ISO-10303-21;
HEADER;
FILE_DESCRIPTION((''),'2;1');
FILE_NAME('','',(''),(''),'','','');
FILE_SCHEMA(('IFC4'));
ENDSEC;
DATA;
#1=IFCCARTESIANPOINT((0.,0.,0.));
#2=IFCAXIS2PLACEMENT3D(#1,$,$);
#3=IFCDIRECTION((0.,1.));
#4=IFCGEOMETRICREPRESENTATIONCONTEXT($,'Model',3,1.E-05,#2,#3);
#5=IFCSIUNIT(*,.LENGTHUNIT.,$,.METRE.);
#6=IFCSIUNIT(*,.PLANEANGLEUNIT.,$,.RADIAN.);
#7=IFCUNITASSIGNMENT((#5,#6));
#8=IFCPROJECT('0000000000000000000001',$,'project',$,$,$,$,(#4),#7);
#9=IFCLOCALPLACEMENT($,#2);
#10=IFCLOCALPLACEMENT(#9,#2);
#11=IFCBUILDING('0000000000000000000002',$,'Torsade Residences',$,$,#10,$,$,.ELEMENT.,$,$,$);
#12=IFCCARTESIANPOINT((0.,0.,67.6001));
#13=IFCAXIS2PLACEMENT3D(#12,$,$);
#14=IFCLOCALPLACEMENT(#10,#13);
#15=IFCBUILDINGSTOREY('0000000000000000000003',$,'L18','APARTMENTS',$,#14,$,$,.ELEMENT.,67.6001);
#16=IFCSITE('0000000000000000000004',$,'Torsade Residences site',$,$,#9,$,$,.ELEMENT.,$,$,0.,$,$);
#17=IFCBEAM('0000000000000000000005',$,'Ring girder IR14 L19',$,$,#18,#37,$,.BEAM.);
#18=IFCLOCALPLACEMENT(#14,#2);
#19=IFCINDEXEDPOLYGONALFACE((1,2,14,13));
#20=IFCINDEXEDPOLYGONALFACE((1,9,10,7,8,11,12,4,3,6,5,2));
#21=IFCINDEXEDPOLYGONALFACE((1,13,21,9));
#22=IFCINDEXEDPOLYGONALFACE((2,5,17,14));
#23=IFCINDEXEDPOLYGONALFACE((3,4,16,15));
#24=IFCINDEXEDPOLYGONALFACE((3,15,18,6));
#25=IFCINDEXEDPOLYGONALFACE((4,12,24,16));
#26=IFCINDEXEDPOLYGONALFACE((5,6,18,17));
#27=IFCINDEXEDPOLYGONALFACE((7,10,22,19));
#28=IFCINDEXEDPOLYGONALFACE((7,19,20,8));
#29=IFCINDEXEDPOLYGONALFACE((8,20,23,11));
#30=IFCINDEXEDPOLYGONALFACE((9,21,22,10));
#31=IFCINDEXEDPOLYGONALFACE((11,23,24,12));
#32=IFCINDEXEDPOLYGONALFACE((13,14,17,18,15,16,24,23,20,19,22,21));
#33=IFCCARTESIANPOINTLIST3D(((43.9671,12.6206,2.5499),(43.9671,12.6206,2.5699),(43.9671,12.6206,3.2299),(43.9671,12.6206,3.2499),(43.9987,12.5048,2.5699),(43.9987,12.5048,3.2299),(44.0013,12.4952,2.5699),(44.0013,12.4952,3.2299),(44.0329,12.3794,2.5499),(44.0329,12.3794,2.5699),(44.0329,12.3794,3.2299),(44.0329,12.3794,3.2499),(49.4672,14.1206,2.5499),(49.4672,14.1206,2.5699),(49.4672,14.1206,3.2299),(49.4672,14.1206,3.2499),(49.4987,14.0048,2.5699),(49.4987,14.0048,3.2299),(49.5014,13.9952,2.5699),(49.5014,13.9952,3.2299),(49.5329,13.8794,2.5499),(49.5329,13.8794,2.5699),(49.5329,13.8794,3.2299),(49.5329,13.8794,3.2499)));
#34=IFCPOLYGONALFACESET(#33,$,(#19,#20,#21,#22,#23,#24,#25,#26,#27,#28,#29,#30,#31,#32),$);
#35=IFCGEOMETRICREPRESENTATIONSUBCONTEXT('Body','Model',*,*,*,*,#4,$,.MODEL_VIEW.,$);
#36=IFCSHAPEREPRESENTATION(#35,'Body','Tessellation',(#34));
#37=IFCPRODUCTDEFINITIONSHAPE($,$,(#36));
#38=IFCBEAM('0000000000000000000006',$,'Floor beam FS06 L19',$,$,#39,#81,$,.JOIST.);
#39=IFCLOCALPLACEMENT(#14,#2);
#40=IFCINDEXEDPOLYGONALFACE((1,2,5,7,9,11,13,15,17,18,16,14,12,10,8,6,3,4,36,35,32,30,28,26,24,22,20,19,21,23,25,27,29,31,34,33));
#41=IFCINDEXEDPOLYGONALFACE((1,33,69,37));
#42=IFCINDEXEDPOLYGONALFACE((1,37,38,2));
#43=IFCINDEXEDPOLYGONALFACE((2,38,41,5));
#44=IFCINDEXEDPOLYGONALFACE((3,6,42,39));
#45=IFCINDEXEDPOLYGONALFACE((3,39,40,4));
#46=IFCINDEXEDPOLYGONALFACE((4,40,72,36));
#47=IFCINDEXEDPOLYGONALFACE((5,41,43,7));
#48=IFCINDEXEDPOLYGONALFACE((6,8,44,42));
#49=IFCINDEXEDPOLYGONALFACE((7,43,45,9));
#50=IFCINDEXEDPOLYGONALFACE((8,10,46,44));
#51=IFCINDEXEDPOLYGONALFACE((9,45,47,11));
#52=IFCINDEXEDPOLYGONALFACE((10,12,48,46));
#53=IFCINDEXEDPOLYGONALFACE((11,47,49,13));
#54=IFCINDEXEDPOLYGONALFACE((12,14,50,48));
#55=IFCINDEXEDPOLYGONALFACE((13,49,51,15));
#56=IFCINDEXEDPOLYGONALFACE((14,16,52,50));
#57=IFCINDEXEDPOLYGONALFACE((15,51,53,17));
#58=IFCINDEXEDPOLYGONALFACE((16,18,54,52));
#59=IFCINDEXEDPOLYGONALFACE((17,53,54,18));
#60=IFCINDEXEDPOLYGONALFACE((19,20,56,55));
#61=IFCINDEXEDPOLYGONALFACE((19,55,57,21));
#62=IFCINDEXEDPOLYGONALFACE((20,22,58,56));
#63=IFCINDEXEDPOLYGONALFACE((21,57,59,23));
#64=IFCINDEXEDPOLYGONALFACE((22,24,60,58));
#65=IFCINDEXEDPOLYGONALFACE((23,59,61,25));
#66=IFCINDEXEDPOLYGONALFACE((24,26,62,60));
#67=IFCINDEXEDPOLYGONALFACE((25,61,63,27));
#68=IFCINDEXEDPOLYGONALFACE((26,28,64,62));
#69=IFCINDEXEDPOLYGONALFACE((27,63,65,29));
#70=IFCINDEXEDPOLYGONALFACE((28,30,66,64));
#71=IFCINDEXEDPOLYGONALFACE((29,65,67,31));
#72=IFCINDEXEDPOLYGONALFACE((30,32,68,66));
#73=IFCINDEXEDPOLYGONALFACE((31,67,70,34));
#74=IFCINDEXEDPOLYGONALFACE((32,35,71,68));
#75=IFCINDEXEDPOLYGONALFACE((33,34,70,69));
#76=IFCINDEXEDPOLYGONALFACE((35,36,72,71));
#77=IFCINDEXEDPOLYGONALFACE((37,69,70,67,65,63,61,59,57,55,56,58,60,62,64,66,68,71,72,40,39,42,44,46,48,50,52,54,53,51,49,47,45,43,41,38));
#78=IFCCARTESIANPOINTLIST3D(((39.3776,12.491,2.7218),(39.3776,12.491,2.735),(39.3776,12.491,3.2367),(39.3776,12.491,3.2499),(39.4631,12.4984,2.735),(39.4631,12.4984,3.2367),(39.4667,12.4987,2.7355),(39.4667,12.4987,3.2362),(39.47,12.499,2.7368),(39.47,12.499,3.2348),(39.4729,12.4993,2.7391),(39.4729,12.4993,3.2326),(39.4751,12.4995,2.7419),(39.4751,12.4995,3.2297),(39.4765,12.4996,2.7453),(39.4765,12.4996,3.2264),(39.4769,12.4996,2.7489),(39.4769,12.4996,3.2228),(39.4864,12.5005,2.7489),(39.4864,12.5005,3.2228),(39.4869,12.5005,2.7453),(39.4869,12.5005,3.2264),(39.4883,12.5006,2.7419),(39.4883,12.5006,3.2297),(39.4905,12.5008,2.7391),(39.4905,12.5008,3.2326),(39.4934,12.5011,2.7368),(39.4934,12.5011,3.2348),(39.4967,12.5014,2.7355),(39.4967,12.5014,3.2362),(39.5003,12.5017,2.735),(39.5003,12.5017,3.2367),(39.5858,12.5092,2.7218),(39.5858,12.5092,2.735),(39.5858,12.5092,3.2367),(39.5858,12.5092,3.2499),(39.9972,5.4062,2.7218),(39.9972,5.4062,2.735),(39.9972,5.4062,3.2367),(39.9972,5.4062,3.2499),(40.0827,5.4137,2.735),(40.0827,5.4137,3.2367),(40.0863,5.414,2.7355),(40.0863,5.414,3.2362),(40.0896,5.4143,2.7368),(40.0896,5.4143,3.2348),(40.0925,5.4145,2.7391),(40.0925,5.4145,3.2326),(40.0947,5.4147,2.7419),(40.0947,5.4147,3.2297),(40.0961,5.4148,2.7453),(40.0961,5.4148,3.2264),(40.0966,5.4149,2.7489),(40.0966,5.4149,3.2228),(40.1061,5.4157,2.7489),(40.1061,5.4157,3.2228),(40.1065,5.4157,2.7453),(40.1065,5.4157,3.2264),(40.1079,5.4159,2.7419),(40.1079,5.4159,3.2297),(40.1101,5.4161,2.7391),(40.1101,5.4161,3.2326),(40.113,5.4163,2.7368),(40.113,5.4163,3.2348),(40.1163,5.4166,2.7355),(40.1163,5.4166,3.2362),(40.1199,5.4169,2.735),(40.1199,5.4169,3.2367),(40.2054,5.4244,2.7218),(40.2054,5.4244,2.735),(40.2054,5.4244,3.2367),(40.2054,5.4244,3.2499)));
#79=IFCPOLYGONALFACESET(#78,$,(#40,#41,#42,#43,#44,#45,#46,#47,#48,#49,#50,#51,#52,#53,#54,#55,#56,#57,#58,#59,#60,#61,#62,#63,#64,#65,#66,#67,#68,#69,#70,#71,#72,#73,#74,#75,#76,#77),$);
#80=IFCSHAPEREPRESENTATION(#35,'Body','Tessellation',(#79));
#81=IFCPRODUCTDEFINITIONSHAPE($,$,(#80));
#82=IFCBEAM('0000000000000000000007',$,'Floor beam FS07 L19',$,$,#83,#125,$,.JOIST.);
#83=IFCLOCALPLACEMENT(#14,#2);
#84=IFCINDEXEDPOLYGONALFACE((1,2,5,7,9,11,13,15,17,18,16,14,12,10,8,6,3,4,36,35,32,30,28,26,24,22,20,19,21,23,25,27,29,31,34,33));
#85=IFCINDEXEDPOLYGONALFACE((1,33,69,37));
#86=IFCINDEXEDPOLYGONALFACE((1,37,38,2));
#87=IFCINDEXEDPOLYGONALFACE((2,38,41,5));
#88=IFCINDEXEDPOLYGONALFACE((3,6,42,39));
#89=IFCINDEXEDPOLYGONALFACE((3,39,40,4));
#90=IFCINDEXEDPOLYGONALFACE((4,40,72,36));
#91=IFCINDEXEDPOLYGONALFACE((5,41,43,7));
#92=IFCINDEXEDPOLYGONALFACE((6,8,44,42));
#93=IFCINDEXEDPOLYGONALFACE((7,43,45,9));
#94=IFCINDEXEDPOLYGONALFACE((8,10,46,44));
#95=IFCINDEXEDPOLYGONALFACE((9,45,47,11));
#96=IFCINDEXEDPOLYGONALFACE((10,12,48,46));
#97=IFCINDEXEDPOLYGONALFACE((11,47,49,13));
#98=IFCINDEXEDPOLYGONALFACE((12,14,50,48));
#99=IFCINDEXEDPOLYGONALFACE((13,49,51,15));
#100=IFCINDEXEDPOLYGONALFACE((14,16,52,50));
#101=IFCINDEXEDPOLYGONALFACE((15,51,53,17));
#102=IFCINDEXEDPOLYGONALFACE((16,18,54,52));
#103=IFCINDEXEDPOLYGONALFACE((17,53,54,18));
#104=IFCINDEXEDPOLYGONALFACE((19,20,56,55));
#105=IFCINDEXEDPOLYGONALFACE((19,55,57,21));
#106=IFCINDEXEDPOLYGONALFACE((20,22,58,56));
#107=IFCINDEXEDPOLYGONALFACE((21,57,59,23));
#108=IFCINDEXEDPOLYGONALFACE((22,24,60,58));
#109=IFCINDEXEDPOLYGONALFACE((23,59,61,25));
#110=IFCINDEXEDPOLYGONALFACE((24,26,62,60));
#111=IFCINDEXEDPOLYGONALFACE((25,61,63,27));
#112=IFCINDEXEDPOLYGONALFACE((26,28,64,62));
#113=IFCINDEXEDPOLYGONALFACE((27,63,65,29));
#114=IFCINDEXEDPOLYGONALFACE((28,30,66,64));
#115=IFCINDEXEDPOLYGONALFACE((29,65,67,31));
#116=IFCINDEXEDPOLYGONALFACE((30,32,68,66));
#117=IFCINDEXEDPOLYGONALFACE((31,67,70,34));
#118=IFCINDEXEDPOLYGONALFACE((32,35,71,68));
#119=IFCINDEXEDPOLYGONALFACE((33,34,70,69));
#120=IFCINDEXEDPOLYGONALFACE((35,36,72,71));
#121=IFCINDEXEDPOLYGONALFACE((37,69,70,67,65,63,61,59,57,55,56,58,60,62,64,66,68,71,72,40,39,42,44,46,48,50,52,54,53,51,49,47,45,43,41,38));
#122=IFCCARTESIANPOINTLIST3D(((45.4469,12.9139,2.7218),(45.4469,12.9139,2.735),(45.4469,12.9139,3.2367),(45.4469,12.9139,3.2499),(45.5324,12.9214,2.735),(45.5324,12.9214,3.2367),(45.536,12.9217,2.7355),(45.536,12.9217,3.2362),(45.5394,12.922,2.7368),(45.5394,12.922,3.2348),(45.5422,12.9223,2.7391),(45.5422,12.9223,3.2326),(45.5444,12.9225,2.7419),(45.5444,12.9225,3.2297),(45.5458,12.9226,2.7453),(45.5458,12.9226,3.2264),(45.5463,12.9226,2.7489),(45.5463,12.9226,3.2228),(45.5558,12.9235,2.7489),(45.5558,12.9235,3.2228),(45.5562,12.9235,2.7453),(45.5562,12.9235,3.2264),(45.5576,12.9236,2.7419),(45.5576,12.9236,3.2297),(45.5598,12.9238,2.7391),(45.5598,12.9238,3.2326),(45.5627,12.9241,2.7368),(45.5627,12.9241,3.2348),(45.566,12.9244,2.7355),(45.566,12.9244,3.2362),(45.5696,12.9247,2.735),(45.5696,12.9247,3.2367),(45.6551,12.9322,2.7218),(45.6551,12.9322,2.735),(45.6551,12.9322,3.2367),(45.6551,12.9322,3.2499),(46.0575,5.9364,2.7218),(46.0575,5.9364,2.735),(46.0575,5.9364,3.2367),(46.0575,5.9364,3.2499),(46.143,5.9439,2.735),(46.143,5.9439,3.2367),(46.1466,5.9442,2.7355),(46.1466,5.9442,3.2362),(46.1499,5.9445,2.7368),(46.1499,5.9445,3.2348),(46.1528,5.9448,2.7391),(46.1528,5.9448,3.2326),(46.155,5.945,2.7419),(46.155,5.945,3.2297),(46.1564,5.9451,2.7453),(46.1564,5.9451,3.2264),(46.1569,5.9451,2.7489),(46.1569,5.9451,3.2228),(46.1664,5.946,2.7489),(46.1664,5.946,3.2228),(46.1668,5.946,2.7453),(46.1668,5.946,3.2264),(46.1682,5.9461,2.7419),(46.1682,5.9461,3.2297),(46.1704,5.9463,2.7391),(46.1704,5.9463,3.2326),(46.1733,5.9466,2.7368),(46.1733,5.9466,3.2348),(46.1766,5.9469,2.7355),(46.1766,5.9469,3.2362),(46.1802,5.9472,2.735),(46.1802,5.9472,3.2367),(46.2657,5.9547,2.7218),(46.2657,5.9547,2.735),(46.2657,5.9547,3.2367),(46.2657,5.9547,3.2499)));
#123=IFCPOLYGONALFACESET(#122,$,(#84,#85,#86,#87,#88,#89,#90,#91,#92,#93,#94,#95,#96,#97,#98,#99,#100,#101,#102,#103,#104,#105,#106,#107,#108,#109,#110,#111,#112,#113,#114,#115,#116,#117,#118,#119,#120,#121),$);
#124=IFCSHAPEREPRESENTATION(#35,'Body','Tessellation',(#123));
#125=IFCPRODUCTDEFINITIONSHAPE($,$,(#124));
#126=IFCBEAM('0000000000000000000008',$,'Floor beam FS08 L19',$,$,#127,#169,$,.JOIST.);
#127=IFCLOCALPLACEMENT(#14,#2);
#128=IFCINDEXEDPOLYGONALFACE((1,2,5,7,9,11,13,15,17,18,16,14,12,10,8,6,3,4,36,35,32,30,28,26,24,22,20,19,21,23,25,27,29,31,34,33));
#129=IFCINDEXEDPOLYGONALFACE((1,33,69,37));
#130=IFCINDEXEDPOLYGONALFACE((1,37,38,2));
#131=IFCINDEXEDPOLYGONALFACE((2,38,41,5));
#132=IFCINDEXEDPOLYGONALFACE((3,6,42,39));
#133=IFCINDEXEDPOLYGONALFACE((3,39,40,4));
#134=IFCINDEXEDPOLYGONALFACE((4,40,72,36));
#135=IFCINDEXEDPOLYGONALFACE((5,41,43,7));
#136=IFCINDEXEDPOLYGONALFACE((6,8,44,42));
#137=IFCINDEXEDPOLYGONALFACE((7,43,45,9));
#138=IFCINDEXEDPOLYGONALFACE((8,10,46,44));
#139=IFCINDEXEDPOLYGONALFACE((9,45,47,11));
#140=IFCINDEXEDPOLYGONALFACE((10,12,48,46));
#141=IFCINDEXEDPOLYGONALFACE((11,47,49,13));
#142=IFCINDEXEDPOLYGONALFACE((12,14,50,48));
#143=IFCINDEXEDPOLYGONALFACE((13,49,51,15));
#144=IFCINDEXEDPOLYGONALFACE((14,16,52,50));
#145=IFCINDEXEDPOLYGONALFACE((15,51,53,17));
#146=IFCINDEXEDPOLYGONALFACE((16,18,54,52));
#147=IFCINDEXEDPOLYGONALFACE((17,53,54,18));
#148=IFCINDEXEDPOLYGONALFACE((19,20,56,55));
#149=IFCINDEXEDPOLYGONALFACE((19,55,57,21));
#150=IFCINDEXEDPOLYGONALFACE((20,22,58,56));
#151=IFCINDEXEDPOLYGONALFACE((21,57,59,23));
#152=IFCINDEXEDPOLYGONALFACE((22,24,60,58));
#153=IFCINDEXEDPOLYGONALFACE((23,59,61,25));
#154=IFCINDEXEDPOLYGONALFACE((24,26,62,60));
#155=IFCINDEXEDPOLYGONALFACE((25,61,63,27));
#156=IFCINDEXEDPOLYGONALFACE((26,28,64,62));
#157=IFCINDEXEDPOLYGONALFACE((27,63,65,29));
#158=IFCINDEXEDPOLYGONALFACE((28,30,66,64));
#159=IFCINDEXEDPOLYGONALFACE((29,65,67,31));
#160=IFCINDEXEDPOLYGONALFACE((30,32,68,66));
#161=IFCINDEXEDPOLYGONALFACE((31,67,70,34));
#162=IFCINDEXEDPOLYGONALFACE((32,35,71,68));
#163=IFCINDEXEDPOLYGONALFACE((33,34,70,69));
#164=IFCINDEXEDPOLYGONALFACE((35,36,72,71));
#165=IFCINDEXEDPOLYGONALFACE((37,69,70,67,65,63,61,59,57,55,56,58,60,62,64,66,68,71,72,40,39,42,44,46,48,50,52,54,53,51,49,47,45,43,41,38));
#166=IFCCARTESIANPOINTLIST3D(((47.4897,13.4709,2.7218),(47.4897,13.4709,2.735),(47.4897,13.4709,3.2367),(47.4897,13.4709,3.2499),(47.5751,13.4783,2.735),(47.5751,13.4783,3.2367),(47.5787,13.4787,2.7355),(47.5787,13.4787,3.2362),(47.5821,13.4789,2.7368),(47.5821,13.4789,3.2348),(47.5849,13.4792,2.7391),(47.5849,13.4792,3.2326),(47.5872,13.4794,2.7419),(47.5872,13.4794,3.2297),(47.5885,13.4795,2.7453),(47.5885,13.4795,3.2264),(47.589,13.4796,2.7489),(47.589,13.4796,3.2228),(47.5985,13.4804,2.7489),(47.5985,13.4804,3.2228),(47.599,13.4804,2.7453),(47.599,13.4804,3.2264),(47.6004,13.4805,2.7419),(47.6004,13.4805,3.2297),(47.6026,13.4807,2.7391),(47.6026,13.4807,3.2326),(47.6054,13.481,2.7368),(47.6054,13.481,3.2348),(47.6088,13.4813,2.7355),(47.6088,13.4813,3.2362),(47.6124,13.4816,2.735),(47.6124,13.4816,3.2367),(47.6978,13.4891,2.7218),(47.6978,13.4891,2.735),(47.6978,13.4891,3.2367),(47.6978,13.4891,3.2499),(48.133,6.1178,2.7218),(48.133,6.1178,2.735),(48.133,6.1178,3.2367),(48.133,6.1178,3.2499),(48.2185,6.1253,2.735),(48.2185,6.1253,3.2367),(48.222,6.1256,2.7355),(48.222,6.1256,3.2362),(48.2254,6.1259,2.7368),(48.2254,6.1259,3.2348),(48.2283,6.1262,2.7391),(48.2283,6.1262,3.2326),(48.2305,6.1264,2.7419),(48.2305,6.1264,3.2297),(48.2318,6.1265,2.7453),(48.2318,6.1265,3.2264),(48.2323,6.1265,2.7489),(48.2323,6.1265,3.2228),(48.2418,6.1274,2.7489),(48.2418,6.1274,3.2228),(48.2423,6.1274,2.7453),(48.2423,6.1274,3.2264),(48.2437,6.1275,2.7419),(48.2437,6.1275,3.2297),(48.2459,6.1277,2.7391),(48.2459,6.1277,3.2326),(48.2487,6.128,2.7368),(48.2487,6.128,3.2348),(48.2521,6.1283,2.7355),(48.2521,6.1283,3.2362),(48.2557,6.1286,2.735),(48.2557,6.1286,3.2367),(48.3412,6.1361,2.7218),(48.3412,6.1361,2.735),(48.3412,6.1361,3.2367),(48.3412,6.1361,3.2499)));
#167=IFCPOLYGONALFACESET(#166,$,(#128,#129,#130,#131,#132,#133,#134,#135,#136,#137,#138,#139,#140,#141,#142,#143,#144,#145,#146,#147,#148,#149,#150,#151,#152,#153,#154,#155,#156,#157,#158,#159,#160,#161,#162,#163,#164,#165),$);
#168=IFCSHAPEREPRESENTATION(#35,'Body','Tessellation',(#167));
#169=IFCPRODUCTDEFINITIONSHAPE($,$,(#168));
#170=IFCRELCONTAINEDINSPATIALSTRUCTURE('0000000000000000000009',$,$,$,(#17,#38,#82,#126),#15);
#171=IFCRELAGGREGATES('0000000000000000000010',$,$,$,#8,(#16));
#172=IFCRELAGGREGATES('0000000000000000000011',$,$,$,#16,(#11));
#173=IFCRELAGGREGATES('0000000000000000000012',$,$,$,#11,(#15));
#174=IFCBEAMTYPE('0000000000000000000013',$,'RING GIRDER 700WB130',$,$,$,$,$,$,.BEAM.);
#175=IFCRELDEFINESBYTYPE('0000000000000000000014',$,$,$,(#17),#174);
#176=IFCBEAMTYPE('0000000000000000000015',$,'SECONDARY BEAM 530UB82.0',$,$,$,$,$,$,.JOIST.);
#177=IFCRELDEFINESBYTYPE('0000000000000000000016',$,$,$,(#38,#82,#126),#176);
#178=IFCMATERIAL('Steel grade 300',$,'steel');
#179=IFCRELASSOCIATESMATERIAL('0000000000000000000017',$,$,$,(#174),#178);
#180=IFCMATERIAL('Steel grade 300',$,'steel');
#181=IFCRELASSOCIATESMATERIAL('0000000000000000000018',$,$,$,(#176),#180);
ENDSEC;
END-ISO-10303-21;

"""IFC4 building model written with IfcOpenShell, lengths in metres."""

from ifc_helpers import new_model, si_unit, direction, frame, origin, origin_2d, place, context, subcontext, project, spatial, i_section, extrude, material, material_profile, profile_set, type_object, element, save


model = new_model("IFC4")

# Units and contexts
model_context = context("Model", 3, precision=1e-05, world=origin(), true_north=direction((0.0, 1.0)))
body_context = subcontext(model_context, "Body", "Model", "MODEL_VIEW")
ifc_project = project(units=[si_unit("LENGTHUNIT", "METRE"), si_unit("PLANEANGLEUNIT", "RADIAN")], contexts=[model_context])

# Site, building, storey
site_placement = place(None, origin())
site = spatial("IfcSite", under=ifc_project, at=site_placement, Name="Torsade Residences site", CompositionType="ELEMENT", RefElevation=0.0)
building_placement = place(site_placement, origin())
building = spatial("IfcBuilding", under=site, at=building_placement, Name="Torsade Residences", CompositionType="ELEMENT")
storey_placement = place(building_placement, frame((0.0, 0.0, 67.6001)))
storey = spatial("IfcBuildingStorey", under=building, at=storey_placement, Name="L18", Description="APARTMENTS", CompositionType="ELEMENT", Elevation=67.6001)

# Beams
ifc_material_1 = material(Name="Steel grade 300", Category="steel")
ifc_material_profile_1 = material_profile(ifc_material_1, i_section(OverallWidth=0.25, OverallDepth=0.7, WebThickness=0.01, FlangeThickness=0.02, at=origin_2d()), Name="700WB130")
ifc_profile_set_1 = profile_set([ifc_material_profile_1], Name="Steel grade 300")
beam_type_1 = type_object("IfcBeamType", Name="RING GIRDER 700WB130", PredefinedType="BEAM", material=ifc_profile_set_1)
beam_1_placement = place(storey_placement, frame((44.0, 12.5, 2.8999), z_axis=(0.964764, 0.263117, 0.0), x_axis=(-0.263117, 0.964764, 0.0)))
element("IfcBeam", 1, at=beam_1_placement, inside=storey, type_object=beam_type_1, Name="Ring girder IR14 L19", PredefinedType="BEAM", context=body_context, shape_type="SweptSolid", body=[
    extrude(i_section(OverallWidth=0.25, OverallDepth=0.7, WebThickness=0.01, FlangeThickness=0.02, at=origin_2d()), origin(), (0.0, 0.0, 1.0), 5.7009),
])
ifc_material_2 = material(Name="Steel grade 300", Category="steel")
ifc_material_profile_2 = material_profile(ifc_material_2, i_section(OverallWidth=0.209, OverallDepth=0.5281, WebThickness=0.0095, FlangeThickness=0.0132, FilletRadius=0.0139, at=origin_2d()), Name="530UB82.0")
ifc_profile_set_2 = profile_set([ifc_material_profile_2], Name="Steel grade 300")
beam_type_2 = type_object("IfcBeamType", Name="SECONDARY BEAM 530UB82.0", PredefinedType="JOIST", material=ifc_profile_set_2)
beam_2_placement = place(storey_placement, frame((40.1013, 5.4153, 2.9858), z_axis=(-0.087127, 0.996197, 0.0), x_axis=(-0.996197, -0.087127, 0.0)))
element("IfcBeam", 2, at=beam_2_placement, inside=storey, type_object=beam_type_2, Name="Floor beam FS06 L19", PredefinedType="JOIST", context=body_context, shape_type="SweptSolid", body=[
    extrude(i_section(OverallWidth=0.209, OverallDepth=0.5281, WebThickness=0.0095, FlangeThickness=0.0132, FilletRadius=0.0139, at=origin_2d()), origin(), (0.0, 0.0, 1.0), 7.1118),
])
beam_3_placement = place(storey_placement, frame((46.1616, 5.9456, 2.9858), z_axis=(-0.087176, 0.996193, 0.0), x_axis=(-0.996193, -0.087176, 0.0)))
element("IfcBeam", 3, at=beam_3_placement, inside=storey, type_object=beam_type_2, Name="Floor beam FS07 L19", PredefinedType="JOIST", context=body_context, shape_type="SweptSolid", body=[
    extrude(i_section(OverallWidth=0.209, OverallDepth=0.5281, WebThickness=0.0095, FlangeThickness=0.0132, FilletRadius=0.0139, at=origin_2d()), origin(), (0.0, 0.0, 1.0), 7.0042),
])
beam_4_placement = place(storey_placement, frame((48.2371, 6.127, 2.9858), z_axis=(-0.087156, 0.996195, 0.0), x_axis=(-0.996195, -0.087156, 0.0)))
element("IfcBeam", 4, at=beam_4_placement, inside=storey, type_object=beam_type_2, Name="Floor beam FS08 L19", PredefinedType="JOIST", context=body_context, shape_type="SweptSolid", body=[
    extrude(i_section(OverallWidth=0.209, OverallDepth=0.5281, WebThickness=0.0095, FlangeThickness=0.0132, FilletRadius=0.0139, at=origin_2d()), origin(), (0.0, 0.0, 1.0), 7.3811),
])

save(model, "model.ifc")
